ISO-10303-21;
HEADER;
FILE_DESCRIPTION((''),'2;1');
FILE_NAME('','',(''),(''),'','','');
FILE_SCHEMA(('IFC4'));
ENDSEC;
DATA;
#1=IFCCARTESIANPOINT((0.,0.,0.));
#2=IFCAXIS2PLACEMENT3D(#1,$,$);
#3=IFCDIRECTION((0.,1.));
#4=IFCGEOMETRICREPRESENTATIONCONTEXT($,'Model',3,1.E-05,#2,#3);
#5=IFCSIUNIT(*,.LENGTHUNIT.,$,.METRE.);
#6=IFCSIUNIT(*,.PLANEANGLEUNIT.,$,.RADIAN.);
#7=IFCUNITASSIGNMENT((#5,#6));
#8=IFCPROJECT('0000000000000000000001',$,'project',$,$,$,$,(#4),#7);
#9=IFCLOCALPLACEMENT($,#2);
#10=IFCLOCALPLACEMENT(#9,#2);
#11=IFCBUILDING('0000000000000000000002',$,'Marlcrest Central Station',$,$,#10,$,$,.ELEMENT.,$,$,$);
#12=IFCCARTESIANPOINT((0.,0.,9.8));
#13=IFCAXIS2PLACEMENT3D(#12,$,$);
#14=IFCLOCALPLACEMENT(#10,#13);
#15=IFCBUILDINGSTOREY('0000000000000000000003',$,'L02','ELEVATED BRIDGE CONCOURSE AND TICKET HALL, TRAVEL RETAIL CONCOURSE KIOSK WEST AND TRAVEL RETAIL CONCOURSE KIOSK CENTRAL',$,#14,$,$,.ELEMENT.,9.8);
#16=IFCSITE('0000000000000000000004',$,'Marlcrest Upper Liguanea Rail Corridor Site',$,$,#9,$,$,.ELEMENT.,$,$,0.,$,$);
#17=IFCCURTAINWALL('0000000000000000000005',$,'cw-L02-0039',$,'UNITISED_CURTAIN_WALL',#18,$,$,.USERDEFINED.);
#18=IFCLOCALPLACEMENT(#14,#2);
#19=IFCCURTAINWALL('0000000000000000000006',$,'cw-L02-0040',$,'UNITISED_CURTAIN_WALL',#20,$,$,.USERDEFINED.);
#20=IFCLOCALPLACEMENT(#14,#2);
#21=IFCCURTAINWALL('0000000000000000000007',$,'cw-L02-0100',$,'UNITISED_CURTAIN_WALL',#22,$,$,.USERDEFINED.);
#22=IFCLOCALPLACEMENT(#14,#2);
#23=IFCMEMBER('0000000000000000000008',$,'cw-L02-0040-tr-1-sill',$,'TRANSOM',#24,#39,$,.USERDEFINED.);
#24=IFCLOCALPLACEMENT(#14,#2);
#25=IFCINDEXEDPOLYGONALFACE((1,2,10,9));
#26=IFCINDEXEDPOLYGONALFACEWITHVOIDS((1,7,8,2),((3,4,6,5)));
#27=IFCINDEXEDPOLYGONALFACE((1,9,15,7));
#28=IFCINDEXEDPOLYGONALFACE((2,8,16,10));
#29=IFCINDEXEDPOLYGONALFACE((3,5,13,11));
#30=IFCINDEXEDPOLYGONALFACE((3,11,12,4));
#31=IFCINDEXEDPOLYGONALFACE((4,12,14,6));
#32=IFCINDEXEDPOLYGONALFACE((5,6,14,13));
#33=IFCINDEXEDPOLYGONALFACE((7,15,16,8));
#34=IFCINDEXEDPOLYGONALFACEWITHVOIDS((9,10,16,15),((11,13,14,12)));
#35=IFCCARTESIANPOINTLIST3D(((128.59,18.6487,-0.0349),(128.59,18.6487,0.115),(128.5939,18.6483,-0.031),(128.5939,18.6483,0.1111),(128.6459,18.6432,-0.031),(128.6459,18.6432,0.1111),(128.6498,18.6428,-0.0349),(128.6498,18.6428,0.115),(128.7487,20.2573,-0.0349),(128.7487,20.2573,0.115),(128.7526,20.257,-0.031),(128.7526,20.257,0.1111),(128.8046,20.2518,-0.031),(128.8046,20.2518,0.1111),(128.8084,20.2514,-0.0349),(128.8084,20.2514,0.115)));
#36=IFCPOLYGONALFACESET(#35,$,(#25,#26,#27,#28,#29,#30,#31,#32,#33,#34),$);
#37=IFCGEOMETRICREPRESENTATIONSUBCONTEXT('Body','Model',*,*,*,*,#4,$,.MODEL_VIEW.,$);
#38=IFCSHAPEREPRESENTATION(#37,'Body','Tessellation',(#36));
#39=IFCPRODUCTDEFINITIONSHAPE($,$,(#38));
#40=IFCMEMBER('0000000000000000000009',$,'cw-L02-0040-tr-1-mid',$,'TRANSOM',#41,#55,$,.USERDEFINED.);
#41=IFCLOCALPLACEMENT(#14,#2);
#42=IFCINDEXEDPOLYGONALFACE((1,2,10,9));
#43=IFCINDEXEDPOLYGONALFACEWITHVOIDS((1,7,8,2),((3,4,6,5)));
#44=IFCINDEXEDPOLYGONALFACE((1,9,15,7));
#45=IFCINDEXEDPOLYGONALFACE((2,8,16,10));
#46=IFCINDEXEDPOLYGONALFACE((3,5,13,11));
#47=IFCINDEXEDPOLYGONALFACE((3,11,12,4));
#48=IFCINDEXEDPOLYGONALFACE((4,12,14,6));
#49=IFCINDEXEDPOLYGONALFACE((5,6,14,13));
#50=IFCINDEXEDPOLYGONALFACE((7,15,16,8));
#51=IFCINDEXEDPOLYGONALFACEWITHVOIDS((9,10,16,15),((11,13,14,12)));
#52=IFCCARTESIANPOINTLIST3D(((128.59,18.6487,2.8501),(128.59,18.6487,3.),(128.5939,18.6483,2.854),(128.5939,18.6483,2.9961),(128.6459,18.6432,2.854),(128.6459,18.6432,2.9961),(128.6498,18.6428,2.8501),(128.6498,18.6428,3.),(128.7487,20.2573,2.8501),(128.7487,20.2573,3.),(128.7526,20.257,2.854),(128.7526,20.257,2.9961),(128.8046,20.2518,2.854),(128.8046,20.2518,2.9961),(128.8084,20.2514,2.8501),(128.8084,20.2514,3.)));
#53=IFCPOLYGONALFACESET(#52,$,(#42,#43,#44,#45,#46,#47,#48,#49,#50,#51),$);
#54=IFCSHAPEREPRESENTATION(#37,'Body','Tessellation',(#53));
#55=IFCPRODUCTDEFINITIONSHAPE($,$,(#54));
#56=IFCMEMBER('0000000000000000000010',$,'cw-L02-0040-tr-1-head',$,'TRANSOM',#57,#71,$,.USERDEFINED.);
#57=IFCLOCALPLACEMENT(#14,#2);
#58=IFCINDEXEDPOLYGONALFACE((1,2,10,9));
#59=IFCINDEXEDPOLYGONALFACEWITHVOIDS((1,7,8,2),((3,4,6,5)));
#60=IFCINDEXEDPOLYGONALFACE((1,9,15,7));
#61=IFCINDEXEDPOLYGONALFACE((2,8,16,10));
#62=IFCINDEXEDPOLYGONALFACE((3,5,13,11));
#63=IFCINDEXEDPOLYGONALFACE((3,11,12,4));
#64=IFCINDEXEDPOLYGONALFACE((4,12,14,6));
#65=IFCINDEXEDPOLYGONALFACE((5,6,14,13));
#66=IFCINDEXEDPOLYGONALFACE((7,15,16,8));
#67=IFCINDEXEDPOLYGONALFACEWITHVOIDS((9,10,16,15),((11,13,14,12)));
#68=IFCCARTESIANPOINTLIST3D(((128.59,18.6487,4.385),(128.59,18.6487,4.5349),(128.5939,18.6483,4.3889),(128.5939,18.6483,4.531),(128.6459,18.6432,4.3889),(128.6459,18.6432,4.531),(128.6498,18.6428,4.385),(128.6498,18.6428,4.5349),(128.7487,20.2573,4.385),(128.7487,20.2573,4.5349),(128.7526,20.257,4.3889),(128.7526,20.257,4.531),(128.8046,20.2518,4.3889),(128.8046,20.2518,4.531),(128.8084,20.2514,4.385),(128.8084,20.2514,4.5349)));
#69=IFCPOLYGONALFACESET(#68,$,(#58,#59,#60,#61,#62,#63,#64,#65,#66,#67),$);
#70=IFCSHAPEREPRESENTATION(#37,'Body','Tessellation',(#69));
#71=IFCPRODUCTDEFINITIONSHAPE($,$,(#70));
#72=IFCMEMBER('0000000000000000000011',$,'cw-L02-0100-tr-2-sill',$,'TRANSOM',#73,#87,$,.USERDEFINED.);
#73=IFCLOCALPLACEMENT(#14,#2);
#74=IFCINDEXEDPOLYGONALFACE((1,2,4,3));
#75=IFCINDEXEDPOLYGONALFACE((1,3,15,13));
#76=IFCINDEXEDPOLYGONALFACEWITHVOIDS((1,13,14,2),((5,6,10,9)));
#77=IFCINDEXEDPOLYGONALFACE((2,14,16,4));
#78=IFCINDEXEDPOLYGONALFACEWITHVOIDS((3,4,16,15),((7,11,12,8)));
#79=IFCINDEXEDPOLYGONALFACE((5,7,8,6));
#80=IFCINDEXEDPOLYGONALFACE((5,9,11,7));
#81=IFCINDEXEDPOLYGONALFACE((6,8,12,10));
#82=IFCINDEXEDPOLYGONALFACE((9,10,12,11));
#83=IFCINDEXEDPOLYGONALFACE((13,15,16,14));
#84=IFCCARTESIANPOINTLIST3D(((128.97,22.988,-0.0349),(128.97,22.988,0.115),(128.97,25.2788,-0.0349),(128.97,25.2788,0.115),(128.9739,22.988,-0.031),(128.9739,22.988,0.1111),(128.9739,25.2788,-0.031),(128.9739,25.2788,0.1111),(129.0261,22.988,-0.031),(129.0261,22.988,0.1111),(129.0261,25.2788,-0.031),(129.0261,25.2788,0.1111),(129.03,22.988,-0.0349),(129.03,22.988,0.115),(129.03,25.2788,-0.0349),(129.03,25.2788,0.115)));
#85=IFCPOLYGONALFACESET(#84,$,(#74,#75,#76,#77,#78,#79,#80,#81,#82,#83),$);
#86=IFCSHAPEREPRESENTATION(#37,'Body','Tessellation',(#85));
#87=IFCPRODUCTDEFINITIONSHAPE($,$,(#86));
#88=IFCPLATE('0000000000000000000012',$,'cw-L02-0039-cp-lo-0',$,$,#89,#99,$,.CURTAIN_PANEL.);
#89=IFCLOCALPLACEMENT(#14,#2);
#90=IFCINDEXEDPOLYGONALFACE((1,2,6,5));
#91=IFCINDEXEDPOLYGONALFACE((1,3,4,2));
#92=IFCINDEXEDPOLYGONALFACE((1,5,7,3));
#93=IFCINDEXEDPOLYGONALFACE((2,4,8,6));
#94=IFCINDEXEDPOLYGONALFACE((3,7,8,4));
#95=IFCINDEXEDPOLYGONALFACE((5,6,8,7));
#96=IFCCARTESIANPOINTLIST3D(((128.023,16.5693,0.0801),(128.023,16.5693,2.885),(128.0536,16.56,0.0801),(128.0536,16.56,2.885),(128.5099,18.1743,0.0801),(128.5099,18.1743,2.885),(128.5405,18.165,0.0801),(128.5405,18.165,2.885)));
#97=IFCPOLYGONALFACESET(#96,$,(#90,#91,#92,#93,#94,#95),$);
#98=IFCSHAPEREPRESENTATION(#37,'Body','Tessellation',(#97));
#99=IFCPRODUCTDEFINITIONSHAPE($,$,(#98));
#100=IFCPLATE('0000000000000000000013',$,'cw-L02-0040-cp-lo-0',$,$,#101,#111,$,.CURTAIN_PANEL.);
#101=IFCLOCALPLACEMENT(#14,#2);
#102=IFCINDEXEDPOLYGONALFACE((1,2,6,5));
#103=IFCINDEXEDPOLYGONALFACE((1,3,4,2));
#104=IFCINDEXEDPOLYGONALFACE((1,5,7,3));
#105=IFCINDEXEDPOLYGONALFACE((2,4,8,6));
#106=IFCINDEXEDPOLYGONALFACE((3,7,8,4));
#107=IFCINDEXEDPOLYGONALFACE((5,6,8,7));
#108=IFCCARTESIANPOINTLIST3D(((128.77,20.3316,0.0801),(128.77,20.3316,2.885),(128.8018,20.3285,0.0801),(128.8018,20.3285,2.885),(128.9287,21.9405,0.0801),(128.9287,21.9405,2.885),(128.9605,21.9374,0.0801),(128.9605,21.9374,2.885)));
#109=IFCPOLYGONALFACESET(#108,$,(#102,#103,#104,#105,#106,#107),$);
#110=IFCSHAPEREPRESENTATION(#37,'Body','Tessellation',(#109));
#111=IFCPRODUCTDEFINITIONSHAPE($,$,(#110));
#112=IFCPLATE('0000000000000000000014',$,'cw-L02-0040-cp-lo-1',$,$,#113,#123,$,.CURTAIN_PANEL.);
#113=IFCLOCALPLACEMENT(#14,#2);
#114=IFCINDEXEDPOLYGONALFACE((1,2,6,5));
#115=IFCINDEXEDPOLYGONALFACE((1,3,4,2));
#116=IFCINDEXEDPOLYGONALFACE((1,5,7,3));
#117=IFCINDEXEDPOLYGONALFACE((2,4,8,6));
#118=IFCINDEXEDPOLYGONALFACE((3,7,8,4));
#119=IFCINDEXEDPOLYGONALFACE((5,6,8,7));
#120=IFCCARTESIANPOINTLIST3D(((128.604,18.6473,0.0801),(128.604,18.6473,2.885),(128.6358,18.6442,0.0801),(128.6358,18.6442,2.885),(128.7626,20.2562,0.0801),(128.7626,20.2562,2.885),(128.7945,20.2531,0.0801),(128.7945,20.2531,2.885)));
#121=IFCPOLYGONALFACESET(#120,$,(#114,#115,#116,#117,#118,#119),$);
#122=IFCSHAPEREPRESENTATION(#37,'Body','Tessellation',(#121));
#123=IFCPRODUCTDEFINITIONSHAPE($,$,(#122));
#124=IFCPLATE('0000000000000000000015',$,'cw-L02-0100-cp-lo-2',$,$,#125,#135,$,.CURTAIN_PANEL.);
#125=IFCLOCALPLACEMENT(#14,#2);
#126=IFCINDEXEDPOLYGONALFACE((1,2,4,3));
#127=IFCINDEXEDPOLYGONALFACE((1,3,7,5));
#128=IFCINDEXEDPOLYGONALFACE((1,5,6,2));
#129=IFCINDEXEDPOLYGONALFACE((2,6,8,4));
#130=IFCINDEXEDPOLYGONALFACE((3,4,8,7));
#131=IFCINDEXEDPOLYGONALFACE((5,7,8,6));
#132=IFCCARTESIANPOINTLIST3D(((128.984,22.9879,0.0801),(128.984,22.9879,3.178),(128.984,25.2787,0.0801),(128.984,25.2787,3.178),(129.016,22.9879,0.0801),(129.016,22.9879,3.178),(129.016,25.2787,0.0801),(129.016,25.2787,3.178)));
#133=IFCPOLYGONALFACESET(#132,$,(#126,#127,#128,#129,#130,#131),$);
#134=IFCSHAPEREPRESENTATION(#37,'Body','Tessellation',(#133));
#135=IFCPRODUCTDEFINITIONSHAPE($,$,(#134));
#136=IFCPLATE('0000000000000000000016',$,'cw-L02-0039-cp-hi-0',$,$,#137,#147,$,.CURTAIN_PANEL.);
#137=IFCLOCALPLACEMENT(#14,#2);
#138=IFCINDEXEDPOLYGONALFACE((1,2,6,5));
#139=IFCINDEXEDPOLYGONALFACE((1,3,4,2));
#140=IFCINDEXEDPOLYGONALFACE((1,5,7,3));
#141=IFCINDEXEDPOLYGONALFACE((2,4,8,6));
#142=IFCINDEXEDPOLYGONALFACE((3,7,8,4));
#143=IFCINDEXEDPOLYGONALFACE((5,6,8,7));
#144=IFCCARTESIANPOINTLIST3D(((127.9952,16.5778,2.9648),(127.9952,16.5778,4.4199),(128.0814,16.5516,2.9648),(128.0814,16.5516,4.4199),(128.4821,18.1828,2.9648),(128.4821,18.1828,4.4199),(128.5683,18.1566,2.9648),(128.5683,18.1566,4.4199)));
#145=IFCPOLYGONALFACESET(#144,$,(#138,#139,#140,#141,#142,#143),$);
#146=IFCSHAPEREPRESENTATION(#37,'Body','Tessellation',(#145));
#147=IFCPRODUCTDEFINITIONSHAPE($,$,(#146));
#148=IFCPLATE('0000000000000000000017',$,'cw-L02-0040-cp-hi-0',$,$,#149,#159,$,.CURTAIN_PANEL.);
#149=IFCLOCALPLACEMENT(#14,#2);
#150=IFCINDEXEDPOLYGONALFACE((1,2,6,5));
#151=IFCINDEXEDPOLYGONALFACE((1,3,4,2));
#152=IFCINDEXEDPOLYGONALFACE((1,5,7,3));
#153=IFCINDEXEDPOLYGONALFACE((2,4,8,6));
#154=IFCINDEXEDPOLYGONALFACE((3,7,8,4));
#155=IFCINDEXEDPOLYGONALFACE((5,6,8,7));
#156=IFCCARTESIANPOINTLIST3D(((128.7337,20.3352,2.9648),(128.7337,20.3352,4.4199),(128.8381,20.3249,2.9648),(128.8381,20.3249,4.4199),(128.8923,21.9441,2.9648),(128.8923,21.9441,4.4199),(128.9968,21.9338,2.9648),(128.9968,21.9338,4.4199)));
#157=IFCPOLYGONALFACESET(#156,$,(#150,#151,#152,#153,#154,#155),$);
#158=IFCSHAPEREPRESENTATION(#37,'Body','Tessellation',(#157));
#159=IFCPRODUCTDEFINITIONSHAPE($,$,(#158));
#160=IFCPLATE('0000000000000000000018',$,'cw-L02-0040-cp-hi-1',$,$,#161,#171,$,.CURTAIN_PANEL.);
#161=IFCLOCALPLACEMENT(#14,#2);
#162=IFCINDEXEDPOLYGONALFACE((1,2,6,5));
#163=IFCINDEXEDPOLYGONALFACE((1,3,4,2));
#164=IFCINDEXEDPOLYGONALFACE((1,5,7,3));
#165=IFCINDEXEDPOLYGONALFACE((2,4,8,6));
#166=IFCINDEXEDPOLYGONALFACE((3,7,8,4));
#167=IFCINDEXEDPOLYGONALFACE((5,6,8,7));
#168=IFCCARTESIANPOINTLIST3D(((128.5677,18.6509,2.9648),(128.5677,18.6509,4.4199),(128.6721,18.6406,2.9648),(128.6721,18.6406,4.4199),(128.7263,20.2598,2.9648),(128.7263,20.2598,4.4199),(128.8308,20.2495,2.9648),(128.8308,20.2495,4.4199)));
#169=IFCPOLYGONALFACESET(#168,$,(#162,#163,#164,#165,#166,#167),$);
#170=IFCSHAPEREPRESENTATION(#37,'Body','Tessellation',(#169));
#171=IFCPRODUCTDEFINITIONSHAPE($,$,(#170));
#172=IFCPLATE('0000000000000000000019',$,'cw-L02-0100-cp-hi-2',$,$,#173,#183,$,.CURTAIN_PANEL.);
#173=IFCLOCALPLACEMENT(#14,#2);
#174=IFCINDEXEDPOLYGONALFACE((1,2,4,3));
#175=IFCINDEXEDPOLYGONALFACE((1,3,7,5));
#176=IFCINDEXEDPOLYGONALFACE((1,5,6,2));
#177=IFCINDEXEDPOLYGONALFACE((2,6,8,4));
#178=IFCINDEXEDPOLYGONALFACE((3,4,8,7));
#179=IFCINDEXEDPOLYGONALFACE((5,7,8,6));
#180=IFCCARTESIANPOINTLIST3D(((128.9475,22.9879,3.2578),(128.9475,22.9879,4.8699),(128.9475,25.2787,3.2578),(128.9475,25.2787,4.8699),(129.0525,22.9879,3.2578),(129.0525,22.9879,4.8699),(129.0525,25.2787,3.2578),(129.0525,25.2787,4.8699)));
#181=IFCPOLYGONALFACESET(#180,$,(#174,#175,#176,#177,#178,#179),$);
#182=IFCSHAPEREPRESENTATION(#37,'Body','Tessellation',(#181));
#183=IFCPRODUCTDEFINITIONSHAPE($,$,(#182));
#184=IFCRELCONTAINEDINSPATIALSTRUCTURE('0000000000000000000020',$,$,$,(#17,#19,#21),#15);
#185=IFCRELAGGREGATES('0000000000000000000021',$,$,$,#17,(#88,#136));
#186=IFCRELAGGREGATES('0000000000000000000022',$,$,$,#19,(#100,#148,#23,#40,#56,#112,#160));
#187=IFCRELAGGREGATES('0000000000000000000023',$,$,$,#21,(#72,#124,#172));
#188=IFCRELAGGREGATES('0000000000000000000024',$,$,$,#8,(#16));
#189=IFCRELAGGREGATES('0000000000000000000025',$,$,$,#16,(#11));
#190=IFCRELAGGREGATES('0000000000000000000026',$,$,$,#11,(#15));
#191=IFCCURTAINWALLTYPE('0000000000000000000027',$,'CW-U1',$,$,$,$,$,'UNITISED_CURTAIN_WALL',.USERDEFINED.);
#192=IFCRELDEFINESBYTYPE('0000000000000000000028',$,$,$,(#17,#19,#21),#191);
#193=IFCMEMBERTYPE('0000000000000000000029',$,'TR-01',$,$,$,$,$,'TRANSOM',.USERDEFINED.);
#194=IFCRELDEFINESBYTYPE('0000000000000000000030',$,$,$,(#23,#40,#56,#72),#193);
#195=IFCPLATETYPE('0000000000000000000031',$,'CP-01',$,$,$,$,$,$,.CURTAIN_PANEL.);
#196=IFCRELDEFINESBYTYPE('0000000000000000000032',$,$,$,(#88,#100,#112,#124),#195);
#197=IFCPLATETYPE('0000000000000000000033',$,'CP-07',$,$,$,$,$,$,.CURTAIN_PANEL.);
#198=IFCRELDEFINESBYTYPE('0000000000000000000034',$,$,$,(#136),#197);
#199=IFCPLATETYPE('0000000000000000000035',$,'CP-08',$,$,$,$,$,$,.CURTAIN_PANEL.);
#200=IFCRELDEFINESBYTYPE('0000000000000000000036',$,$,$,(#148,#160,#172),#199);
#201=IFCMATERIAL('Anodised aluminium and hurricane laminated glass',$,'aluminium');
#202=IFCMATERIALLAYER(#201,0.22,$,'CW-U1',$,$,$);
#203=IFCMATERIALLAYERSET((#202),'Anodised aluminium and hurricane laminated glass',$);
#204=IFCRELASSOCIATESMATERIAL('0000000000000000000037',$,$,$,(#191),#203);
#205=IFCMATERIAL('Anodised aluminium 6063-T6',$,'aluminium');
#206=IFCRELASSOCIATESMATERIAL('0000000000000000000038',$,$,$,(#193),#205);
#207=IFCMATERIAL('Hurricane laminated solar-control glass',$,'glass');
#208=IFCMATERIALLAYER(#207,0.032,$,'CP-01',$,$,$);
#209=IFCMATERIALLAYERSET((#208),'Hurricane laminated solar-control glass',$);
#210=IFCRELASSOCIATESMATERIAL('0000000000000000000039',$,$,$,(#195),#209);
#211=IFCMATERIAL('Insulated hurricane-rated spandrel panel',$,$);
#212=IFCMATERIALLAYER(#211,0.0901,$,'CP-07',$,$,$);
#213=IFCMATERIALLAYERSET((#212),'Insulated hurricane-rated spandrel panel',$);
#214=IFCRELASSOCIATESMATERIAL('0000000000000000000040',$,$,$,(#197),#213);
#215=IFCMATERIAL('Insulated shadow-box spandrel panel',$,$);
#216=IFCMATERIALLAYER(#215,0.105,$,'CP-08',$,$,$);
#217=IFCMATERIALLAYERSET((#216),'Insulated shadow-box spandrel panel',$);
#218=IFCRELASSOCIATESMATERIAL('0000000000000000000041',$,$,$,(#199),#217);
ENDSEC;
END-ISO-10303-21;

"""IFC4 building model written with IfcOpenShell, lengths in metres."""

from ifc_helpers import new_model, si_unit, direction, frame, origin, origin_2d, place, context, subcontext, project, spatial, rectangle, hollow_rectangle, extrude, material, layer, layer_set, material_profile, profile_set, type_object, element, aggregate, save


model = new_model("IFC4")

# Units and contexts
model_context = context("Model", 3, precision=1e-05, world=origin(), true_north=direction((0.0, 1.0)))
body_context = subcontext(model_context, "Body", "Model", "MODEL_VIEW")
ifc_project = project(units=[si_unit("LENGTHUNIT", "METRE"), si_unit("PLANEANGLEUNIT", "RADIAN")], contexts=[model_context])

# Site, building, storey
site_placement = place(None, origin())
site = spatial("IfcSite", under=ifc_project, at=site_placement, Name="Marlcrest Upper Liguanea Rail Corridor Site", CompositionType="ELEMENT", RefElevation=0.0)
building_placement = place(site_placement, origin())
building = spatial("IfcBuilding", under=site, at=building_placement, Name="Marlcrest Central Station", CompositionType="ELEMENT")
storey_placement = place(building_placement, frame((0.0, 0.0, 9.8)))
storey = spatial("IfcBuildingStorey", under=building, at=storey_placement, Name="L02", Description="ELEVATED BRIDGE CONCOURSE AND TICKET HALL, TRAVEL RETAIL CONCOURSE KIOSK WEST AND TRAVEL RETAIL CONCOURSE KIOSK CENTRAL", CompositionType="ELEMENT", Elevation=9.8)

# Curtain wall
ifc_material_1 = material(Name="Anodised aluminium and hurricane laminated glass", Category="aluminium")
ifc_layer_1 = layer(ifc_material_1, 0.22, Name="CW-U1")
ifc_layer_set_1 = layer_set([ifc_layer_1], Name="Anodised aluminium and hurricane laminated glass")
curtain_wall_type = type_object("IfcCurtainWallType", Name="CW-U1", ElementType="UNITISED_CURTAIN_WALL", PredefinedType="USERDEFINED", material=ifc_layer_set_1)
curtain_wall_1_placement = place(storey_placement, origin())
curtain_wall_1 = element("IfcCurtainWall", 1, at=curtain_wall_1_placement, inside=storey, type_object=curtain_wall_type, Name="cw-L02-0039", ObjectType="UNITISED_CURTAIN_WALL", PredefinedType="USERDEFINED")
ifc_material_2 = material(Name="Anodised aluminium 6063-T6", Category="aluminium")

# Curtain wall
curtain_wall_2_placement = place(storey_placement, origin())
curtain_wall_2 = element("IfcCurtainWall", 2, at=curtain_wall_2_placement, inside=storey, type_object=curtain_wall_type, Name="cw-L02-0040", ObjectType="UNITISED_CURTAIN_WALL", PredefinedType="USERDEFINED")

# Curtain wall
curtain_wall_3_placement = place(storey_placement, origin())
curtain_wall_3 = element("IfcCurtainWall", 3, at=curtain_wall_3_placement, inside=storey, type_object=curtain_wall_type, Name="cw-L02-0100", ObjectType="UNITISED_CURTAIN_WALL", PredefinedType="USERDEFINED")

# Members
ifc_material_profile_1 = material_profile(ifc_material_2, hollow_rectangle(XDim=0.0601, YDim=0.1499, WallThickness=0.0039, at=origin_2d()), Name="AA-RHS 150x60x4")
ifc_profile_set_1 = profile_set([ifc_material_profile_1], Name="Anodised aluminium 6063-T6")
member_type_1 = type_object("IfcMemberType", Name="TR-01", ElementType="TRANSOM", PredefinedType="USERDEFINED", material=ifc_profile_set_1)
member_1_placement = place(storey_placement, frame((128.7786, 20.2544, 0.04), z_axis=(-0.098173, -0.995169, 0.0), x_axis=(0.995169, -0.098173, 0.0)))
member_1 = element("IfcMember", 4, at=member_1_placement, type_object=member_type_1, Name="cw-L02-0040-tr-1-sill", ObjectType="TRANSOM", PredefinedType="USERDEFINED", context=body_context, shape_type="SweptSolid", body=[
    extrude(hollow_rectangle(XDim=0.0601, YDim=0.1499, WallThickness=0.0039, at=origin_2d()), origin(), (0.0, 0.0, 1.0), 1.6165),
])
member_2_placement = place(storey_placement, frame((128.7786, 20.2544, 2.925), z_axis=(-0.098173, -0.995169, 0.0), x_axis=(0.995169, -0.098173, 0.0)))
member_2 = element("IfcMember", 5, at=member_2_placement, type_object=member_type_1, Name="cw-L02-0040-tr-1-mid", ObjectType="TRANSOM", PredefinedType="USERDEFINED", context=body_context, shape_type="SweptSolid", body=[
    extrude(hollow_rectangle(XDim=0.0601, YDim=0.1499, WallThickness=0.0039, at=origin_2d()), origin(), (0.0, 0.0, 1.0), 1.6165),
])
member_3_placement = place(storey_placement, frame((128.7786, 20.2544, 4.46), z_axis=(-0.098173, -0.995169, 0.0), x_axis=(0.995169, -0.098173, 0.0)))
member_3 = element("IfcMember", 6, at=member_3_placement, type_object=member_type_1, Name="cw-L02-0040-tr-1-head", ObjectType="TRANSOM", PredefinedType="USERDEFINED", context=body_context, shape_type="SweptSolid", body=[
    extrude(hollow_rectangle(XDim=0.0601, YDim=0.1499, WallThickness=0.0039, at=origin_2d()), origin(), (0.0, 0.0, 1.0), 1.6165),
])
member_4_placement = place(storey_placement, frame((129.0, 25.2788, 0.04), z_axis=(0.0, -1.0, 0.0), x_axis=(1.0, 0.0, 0.0)))
member_4 = element("IfcMember", 7, at=member_4_placement, type_object=member_type_1, Name="cw-L02-0100-tr-2-sill", ObjectType="TRANSOM", PredefinedType="USERDEFINED", context=body_context, shape_type="SweptSolid", body=[
    extrude(hollow_rectangle(XDim=0.0601, YDim=0.1499, WallThickness=0.0039, at=origin_2d()), origin(), (0.0, 0.0, 1.0), 2.2908),
])

# Plates
ifc_material_3 = material(Name="Hurricane laminated solar-control glass", Category="glass")
ifc_layer_2 = layer(ifc_material_3, 0.032, Name="CP-01")
ifc_layer_set_2 = layer_set([ifc_layer_2], Name="Hurricane laminated solar-control glass")
plate_type_1 = type_object("IfcPlateType", Name="CP-01", PredefinedType="CURTAIN_PANEL", material=ifc_layer_set_2)
plate_1_placement = place(storey_placement, frame((128.2817, 17.3672, 0.0801), z_axis=(0.0, 0.0, 1.0), x_axis=(-0.290318, -0.95693, 0.0)))
plate_1 = element("IfcPlate", 8, at=plate_1_placement, type_object=plate_type_1, Name="cw-L02-0039-cp-lo-0", PredefinedType="CURTAIN_PANEL", context=body_context, shape_type="SweptSolid", body=[
    extrude(rectangle(XDim=1.6772, YDim=0.032, at=origin_2d()), origin(), (0.0, 0.0, 1.0), 2.8049),
])
plate_2_placement = place(storey_placement, frame((128.8652, 21.1345, 0.0801), z_axis=(0.0, 0.0, 1.0), x_axis=(-0.098139, -0.995173, 0.0)))
plate_2 = element("IfcPlate", 9, at=plate_2_placement, type_object=plate_type_1, Name="cw-L02-0040-cp-lo-0", PredefinedType="CURTAIN_PANEL", context=body_context, shape_type="SweptSolid", body=[
    extrude(rectangle(XDim=1.6167, YDim=0.032, at=origin_2d()), origin(), (0.0, 0.0, 1.0), 2.8049),
])
plate_3_placement = place(storey_placement, frame((128.6992, 19.4502, 0.0801), z_axis=(0.0, 0.0, 1.0), x_axis=(-0.098139, -0.995173, 0.0)))
plate_3 = element("IfcPlate", 10, at=plate_3_placement, type_object=plate_type_1, Name="cw-L02-0040-cp-lo-1", PredefinedType="CURTAIN_PANEL", context=body_context, shape_type="SweptSolid", body=[
    extrude(rectangle(XDim=1.6167, YDim=0.032, at=origin_2d()), origin(), (0.0, 0.0, 1.0), 2.8049),
])
plate_4_placement = place(storey_placement, frame((129.0, 24.1333, 0.0801), z_axis=(0.0, 0.0, 1.0), x_axis=(0.0, -1.0, 0.0)))
plate_4 = element("IfcPlate", 11, at=plate_4_placement, type_object=plate_type_1, Name="cw-L02-0100-cp-lo-2", PredefinedType="CURTAIN_PANEL", context=body_context, shape_type="SweptSolid", body=[
    extrude(rectangle(XDim=2.2908, YDim=0.032, at=origin_2d()), origin(), (0.0, 0.0, 1.0), 3.0979),
])
ifc_material_4 = material(Name="Insulated hurricane-rated spandrel panel")
ifc_layer_3 = layer(ifc_material_4, 0.0901, Name="CP-07")
ifc_layer_set_3 = layer_set([ifc_layer_3], Name="Insulated hurricane-rated spandrel panel")
plate_type_2 = type_object("IfcPlateType", Name="CP-07", PredefinedType="CURTAIN_PANEL", material=ifc_layer_set_3)
plate_5_placement = place(storey_placement, frame((128.2817, 17.3672, 2.9648), z_axis=(0.0, 0.0, 1.0), x_axis=(-0.290318, -0.95693, 0.0)))
plate_5 = element("IfcPlate", 12, at=plate_5_placement, type_object=plate_type_2, Name="cw-L02-0039-cp-hi-0", PredefinedType="CURTAIN_PANEL", context=body_context, shape_type="SweptSolid", body=[
    extrude(rectangle(XDim=1.6772, YDim=0.0901, at=origin_2d()), origin(), (0.0, 0.0, 1.0), 1.4551),
])
aggregate(curtain_wall_1, [plate_1, plate_5])
ifc_material_5 = material(Name="Insulated shadow-box spandrel panel")
ifc_layer_4 = layer(ifc_material_5, 0.105, Name="CP-08")
ifc_layer_set_4 = layer_set([ifc_layer_4], Name="Insulated shadow-box spandrel panel")
plate_type_3 = type_object("IfcPlateType", Name="CP-08", PredefinedType="CURTAIN_PANEL", material=ifc_layer_set_4)
plate_6_placement = place(storey_placement, frame((128.8652, 21.1345, 2.9648), z_axis=(0.0, 0.0, 1.0), x_axis=(-0.098139, -0.995173, 0.0)))
plate_6 = element("IfcPlate", 13, at=plate_6_placement, type_object=plate_type_3, Name="cw-L02-0040-cp-hi-0", PredefinedType="CURTAIN_PANEL", context=body_context, shape_type="SweptSolid", body=[
    extrude(rectangle(XDim=1.6167, YDim=0.105, at=origin_2d()), origin(), (0.0, 0.0, 1.0), 1.4551),
])
plate_7_placement = place(storey_placement, frame((128.6992, 19.4502, 2.9648), z_axis=(0.0, 0.0, 1.0), x_axis=(-0.098139, -0.995173, 0.0)))
plate_7 = element("IfcPlate", 14, at=plate_7_placement, type_object=plate_type_3, Name="cw-L02-0040-cp-hi-1", PredefinedType="CURTAIN_PANEL", context=body_context, shape_type="SweptSolid", body=[
    extrude(rectangle(XDim=1.6167, YDim=0.105, at=origin_2d()), origin(), (0.0, 0.0, 1.0), 1.4551),
])
aggregate(curtain_wall_2, [plate_2, plate_6, member_1, member_2, member_3, plate_3, plate_7])
plate_8_placement = place(storey_placement, frame((129.0, 24.1333, 3.2578), z_axis=(0.0, 0.0, 1.0), x_axis=(0.0, -1.0, 0.0)))
plate_8 = element("IfcPlate", 15, at=plate_8_placement, type_object=plate_type_3, Name="cw-L02-0100-cp-hi-2", PredefinedType="CURTAIN_PANEL", context=body_context, shape_type="SweptSolid", body=[
    extrude(rectangle(XDim=2.2908, YDim=0.105, at=origin_2d()), origin(), (0.0, 0.0, 1.0), 1.6121),
])
aggregate(curtain_wall_3, [member_4, plate_4, plate_8])

save(model, "model.ifc")
